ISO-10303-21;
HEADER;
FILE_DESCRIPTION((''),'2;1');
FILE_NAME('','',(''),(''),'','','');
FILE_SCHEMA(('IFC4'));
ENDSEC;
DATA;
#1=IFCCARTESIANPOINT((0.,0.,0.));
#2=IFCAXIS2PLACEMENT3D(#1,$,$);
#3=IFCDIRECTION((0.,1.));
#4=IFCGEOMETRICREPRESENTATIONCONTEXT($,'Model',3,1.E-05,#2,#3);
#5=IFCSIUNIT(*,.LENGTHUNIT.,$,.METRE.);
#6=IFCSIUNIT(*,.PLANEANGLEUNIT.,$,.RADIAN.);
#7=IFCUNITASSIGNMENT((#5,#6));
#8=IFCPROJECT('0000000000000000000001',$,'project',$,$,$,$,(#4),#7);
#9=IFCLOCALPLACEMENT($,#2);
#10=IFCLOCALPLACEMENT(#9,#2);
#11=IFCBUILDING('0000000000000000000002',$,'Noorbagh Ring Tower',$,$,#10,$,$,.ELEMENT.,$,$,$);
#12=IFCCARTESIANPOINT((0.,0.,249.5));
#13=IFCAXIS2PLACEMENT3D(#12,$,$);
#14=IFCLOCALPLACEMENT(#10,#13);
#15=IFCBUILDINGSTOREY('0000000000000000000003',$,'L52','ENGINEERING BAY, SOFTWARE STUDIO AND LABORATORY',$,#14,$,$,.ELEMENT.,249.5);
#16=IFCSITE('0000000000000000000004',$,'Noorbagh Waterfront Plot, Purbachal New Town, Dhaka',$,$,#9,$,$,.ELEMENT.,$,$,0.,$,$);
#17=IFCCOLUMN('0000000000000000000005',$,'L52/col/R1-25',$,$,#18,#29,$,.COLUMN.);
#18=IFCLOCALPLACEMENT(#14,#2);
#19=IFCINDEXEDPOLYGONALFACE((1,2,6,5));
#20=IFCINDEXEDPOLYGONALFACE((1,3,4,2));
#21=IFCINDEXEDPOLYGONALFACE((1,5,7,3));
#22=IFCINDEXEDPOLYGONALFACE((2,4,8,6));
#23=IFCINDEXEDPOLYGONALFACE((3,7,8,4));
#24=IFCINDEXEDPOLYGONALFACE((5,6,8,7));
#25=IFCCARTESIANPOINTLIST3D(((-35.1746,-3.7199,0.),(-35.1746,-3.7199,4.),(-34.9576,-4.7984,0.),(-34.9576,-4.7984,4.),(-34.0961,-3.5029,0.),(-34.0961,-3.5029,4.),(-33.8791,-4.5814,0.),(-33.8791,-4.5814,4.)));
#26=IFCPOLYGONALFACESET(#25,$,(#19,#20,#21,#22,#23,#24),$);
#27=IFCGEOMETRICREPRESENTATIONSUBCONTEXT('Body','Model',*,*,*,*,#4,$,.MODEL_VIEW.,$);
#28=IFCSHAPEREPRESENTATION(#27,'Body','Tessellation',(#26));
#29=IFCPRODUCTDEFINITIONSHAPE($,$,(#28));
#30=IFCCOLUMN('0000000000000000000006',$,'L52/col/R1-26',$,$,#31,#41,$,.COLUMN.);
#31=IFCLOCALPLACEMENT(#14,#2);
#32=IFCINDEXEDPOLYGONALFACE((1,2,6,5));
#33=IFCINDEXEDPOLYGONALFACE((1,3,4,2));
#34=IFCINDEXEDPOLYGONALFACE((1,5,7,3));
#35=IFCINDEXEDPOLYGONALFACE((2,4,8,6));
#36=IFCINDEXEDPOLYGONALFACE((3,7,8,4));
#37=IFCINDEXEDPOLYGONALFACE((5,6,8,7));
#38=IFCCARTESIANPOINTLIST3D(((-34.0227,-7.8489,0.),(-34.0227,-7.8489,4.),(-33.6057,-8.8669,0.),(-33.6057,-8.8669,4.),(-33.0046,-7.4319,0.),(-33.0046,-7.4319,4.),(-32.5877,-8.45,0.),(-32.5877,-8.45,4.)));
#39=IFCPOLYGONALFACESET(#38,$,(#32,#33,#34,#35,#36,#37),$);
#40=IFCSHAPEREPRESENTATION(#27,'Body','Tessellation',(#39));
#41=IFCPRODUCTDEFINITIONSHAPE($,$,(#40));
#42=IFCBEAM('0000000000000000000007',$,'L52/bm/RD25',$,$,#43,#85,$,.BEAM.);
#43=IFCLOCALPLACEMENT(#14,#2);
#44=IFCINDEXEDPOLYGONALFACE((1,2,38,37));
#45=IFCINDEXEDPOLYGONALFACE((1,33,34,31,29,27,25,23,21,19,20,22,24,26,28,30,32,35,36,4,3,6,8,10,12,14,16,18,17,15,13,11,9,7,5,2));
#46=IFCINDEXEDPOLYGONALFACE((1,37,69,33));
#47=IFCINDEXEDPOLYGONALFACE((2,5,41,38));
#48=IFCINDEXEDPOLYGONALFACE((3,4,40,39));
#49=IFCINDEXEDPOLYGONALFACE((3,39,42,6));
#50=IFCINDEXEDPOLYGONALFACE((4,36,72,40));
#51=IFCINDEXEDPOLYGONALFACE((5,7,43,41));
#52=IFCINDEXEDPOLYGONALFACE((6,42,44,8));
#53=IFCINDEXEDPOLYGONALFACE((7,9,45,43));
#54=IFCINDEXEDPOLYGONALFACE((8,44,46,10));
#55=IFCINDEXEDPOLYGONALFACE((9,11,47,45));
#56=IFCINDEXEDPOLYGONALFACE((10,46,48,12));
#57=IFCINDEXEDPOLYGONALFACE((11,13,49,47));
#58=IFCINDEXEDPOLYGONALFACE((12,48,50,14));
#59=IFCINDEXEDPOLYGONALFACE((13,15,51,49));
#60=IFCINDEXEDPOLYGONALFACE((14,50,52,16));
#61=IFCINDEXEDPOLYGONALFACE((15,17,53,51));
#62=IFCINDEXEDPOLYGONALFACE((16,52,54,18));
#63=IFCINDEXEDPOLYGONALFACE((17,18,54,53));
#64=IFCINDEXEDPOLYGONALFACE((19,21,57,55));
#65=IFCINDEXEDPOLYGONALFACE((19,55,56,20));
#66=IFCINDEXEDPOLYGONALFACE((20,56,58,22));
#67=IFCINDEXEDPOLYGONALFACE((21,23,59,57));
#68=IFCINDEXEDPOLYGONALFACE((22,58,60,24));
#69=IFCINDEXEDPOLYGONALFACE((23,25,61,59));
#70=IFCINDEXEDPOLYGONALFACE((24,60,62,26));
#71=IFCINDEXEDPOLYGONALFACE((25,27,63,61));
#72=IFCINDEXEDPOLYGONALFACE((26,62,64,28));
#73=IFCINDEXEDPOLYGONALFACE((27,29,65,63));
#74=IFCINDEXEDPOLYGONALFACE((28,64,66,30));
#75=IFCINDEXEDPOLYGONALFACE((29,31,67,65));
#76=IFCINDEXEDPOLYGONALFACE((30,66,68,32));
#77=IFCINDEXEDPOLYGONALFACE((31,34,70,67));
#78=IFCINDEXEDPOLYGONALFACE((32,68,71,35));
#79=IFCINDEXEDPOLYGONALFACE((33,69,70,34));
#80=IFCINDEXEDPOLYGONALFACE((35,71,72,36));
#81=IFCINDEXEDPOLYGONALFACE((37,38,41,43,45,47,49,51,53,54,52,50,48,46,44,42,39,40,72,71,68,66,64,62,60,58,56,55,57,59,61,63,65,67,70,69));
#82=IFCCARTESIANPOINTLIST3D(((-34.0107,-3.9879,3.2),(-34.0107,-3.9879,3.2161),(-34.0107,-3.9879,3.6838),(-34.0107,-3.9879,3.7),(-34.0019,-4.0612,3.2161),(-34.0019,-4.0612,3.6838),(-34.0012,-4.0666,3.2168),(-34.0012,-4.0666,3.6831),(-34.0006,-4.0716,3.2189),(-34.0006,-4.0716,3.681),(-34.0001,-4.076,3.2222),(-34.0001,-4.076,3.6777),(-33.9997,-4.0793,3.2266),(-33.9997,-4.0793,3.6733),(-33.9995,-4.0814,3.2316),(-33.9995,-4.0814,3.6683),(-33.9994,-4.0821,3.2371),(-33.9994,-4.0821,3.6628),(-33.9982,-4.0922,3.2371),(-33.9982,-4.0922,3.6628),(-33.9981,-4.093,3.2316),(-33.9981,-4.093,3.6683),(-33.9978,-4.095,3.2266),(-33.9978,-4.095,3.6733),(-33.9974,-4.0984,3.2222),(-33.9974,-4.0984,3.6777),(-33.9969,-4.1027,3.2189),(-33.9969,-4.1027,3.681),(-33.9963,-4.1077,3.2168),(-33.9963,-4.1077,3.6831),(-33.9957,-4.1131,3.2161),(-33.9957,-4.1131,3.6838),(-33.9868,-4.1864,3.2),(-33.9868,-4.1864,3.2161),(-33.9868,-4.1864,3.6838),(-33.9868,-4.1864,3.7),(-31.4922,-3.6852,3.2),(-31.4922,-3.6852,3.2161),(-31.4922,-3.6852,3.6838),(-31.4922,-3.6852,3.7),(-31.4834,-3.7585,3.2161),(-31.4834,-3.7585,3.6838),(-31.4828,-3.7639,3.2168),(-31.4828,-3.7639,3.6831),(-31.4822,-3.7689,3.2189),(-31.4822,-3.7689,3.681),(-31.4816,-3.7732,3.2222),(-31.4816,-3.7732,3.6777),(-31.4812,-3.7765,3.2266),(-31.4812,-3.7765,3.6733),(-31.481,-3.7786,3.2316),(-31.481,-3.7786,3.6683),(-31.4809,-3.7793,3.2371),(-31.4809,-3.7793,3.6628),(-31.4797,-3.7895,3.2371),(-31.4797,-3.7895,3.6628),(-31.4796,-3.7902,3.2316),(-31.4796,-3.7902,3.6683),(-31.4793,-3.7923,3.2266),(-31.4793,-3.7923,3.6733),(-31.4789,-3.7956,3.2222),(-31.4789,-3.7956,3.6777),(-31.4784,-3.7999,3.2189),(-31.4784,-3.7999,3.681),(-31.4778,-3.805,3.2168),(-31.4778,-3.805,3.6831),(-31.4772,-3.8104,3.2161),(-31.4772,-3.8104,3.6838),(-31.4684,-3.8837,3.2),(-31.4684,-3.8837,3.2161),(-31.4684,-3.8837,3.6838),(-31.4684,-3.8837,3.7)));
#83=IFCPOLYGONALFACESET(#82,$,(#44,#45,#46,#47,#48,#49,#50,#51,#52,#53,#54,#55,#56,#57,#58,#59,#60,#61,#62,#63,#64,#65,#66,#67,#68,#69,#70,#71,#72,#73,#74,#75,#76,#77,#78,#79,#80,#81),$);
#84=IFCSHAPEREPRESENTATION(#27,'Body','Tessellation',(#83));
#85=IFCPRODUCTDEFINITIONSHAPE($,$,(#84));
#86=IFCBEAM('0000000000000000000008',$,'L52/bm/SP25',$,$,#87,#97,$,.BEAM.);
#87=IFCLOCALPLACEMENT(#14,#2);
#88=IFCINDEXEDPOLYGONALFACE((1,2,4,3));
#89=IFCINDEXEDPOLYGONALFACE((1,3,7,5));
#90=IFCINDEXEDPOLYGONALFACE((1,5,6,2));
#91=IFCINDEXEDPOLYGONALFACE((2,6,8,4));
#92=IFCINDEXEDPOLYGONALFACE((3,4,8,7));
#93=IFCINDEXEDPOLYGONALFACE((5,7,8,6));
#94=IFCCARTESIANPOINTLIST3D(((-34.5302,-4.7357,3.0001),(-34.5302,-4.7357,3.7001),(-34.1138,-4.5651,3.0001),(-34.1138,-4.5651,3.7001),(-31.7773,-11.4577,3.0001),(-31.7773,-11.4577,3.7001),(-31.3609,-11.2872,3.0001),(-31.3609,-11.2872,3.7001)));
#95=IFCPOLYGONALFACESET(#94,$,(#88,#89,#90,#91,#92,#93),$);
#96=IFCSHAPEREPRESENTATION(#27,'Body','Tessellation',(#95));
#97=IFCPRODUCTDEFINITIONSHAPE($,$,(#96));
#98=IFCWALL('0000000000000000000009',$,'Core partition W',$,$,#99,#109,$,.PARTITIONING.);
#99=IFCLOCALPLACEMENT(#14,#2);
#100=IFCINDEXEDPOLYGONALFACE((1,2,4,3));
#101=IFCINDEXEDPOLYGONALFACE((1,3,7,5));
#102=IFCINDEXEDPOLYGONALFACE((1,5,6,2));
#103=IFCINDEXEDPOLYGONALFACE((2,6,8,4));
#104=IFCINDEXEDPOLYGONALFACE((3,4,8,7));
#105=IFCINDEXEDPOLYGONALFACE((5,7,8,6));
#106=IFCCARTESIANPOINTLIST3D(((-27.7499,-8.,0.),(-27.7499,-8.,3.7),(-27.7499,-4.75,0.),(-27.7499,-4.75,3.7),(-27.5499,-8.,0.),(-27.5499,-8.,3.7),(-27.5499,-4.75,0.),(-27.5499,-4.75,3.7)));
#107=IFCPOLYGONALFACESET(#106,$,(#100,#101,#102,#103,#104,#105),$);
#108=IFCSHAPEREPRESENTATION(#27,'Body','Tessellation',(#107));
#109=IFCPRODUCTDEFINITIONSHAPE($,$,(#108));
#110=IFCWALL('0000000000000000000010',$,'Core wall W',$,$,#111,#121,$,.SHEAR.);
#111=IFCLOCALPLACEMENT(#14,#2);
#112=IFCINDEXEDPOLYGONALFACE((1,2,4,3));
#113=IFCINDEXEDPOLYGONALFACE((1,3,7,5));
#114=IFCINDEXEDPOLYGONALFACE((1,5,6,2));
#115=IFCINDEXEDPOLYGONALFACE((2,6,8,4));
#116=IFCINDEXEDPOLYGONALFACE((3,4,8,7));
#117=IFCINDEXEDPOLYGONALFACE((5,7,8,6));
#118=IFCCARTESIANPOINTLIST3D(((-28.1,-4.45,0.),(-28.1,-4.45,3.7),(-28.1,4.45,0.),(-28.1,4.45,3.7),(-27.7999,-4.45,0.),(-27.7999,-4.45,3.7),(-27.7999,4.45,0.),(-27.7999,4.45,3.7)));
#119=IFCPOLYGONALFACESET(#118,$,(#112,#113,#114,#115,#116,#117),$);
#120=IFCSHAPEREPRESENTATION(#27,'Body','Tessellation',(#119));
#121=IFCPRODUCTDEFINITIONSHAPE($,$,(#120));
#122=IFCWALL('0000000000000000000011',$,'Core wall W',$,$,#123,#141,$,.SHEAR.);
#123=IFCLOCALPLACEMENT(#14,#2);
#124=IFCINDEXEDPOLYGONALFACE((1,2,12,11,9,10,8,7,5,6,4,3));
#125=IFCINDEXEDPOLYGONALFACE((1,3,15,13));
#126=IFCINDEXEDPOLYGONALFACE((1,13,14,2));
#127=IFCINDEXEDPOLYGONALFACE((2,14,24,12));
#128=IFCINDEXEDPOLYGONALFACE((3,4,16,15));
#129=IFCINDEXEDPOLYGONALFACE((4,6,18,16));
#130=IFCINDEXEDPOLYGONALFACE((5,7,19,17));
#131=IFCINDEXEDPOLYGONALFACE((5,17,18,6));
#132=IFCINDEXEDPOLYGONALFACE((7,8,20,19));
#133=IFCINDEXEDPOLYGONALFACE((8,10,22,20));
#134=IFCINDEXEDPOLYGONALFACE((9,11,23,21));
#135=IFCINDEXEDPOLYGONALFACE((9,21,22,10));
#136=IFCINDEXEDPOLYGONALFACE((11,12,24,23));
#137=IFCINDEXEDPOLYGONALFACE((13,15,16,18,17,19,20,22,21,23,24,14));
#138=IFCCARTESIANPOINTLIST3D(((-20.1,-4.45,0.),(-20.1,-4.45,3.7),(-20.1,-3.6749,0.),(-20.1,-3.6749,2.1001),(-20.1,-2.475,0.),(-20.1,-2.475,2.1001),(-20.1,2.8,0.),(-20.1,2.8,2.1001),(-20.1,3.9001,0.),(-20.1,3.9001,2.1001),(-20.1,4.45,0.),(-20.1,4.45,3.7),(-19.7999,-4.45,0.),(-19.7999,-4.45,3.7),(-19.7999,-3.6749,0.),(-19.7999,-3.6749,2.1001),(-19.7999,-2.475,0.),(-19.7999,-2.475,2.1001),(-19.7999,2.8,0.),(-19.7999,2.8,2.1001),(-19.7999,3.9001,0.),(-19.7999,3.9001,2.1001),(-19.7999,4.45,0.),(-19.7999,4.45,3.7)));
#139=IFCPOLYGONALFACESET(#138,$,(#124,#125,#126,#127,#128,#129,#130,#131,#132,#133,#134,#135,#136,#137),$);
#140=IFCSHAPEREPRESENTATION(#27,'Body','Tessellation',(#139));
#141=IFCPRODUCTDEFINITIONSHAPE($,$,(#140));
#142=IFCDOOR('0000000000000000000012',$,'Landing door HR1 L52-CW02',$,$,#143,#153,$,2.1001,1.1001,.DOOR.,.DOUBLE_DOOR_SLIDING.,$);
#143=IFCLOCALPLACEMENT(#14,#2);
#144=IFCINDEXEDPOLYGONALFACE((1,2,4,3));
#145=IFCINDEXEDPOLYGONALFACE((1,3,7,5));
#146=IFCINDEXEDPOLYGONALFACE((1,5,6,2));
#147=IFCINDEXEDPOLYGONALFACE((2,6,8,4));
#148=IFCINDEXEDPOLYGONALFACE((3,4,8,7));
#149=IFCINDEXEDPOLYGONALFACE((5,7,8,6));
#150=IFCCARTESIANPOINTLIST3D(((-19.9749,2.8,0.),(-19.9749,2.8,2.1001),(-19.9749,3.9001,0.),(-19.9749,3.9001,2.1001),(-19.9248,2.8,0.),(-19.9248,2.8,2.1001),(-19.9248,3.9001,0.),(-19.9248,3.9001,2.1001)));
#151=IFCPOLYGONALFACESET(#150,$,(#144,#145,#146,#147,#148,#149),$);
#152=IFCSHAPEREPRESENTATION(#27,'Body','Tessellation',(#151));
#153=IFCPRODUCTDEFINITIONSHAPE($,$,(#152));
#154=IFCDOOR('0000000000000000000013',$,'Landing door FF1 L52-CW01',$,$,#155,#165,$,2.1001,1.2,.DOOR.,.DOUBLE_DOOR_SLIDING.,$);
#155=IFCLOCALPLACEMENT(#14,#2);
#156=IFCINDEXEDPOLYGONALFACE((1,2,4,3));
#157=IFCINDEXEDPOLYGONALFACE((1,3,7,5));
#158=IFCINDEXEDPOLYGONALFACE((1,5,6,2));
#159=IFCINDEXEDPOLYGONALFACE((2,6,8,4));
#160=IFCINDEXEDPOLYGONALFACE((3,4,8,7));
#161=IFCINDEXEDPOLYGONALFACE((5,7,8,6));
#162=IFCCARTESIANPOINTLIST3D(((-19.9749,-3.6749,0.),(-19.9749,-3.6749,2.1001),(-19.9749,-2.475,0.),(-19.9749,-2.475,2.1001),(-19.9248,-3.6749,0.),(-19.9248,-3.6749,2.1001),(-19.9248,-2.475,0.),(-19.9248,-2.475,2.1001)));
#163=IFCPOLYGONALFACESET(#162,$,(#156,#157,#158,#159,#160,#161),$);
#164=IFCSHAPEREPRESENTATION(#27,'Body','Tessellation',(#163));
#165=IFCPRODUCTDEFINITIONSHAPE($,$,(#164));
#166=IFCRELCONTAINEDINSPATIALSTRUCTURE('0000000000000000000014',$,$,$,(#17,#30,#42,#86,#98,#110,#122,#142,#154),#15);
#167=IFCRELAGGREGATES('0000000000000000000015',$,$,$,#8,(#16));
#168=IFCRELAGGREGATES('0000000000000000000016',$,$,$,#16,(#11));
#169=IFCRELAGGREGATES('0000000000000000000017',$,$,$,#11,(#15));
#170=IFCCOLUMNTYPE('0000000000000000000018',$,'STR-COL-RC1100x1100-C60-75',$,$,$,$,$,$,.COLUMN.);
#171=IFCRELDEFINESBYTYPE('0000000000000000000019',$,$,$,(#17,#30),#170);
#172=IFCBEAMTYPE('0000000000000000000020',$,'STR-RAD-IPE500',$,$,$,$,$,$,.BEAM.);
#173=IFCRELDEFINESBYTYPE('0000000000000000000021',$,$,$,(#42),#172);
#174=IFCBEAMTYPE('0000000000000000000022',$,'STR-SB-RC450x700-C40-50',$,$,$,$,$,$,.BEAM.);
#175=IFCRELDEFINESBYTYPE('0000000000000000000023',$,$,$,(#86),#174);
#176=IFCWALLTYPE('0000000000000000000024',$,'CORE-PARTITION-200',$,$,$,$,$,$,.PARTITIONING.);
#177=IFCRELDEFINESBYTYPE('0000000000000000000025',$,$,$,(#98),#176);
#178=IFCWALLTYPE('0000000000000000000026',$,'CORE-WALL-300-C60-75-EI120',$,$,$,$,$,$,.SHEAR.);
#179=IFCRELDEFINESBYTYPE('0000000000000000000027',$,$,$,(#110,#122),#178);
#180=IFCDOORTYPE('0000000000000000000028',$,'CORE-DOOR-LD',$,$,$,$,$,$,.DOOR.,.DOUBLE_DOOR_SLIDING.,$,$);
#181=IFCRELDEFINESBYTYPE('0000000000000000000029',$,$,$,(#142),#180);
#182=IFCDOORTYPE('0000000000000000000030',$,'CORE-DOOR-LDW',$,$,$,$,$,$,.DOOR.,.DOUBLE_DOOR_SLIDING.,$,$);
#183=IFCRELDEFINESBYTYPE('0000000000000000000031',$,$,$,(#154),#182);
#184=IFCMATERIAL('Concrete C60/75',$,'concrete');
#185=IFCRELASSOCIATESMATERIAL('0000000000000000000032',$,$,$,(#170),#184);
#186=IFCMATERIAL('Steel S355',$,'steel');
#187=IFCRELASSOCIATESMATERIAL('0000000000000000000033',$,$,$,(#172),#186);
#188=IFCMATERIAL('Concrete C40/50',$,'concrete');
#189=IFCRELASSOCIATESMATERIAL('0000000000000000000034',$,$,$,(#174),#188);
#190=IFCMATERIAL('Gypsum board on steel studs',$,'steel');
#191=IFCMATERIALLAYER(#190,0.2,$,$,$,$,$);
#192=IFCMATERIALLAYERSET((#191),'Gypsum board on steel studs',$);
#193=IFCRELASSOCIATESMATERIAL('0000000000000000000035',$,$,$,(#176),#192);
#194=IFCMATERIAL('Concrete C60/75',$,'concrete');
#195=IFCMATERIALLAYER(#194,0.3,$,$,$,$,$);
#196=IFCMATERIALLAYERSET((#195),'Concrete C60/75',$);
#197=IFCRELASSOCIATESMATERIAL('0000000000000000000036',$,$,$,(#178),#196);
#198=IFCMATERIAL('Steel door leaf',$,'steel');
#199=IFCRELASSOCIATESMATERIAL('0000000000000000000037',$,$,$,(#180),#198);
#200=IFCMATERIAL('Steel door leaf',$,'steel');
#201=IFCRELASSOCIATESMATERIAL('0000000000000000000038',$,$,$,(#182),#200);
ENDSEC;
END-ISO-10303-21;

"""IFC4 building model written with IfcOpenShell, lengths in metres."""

from ifc_helpers import new_model, si_unit, direction, frame, frame_2d, origin, origin_2d, place, context, subcontext, project, spatial, rectangle, i_section, extrude, material, layer, layer_set, material_profile, profile_set, type_object, element, fill, save


model = new_model("IFC4")

# Units and contexts
model_context = context("Model", 3, precision=1e-05, world=origin(), true_north=direction((0.0, 1.0)))
body_context = subcontext(model_context, "Body", "Model", "MODEL_VIEW")
ifc_project = project(units=[si_unit("LENGTHUNIT", "METRE"), si_unit("PLANEANGLEUNIT", "RADIAN")], contexts=[model_context])

# Site, building, storey
site_placement = place(None, origin())
site = spatial("IfcSite", under=ifc_project, at=site_placement, Name="Noorbagh Waterfront Plot, Purbachal New Town, Dhaka", CompositionType="ELEMENT", RefElevation=0.0)
building_placement = place(site_placement, origin())
building = spatial("IfcBuilding", under=site, at=building_placement, Name="Noorbagh Ring Tower", CompositionType="ELEMENT")
storey_placement = place(building_placement, frame((0.0, 0.0, 249.5)))
storey = spatial("IfcBuildingStorey", under=building, at=storey_placement, Name="L52", Description="ENGINEERING BAY, SOFTWARE STUDIO AND LABORATORY", CompositionType="ELEMENT", Elevation=249.5)

# Columns
ifc_material_1 = material(Name="Concrete C60/75", Category="concrete")
ifc_material_profile_1 = material_profile(ifc_material_1, rectangle(XDim=1.1001, YDim=1.1001, at=origin_2d()), Name="RC1100x1100")
ifc_profile_set_1 = profile_set([ifc_material_profile_1], Name="Concrete C60/75")
column_type = type_object("IfcColumnType", Name="STR-COL-RC1100x1100-C60-75", PredefinedType="COLUMN", material=ifc_profile_set_1)
for number, where, z_axis, x_axis, name in (
    (1, (-34.5269, -4.1506, 0.0), (0.0, 0.0, 1.0), (0.19723, -0.980357, 0.0), "L52/col/R1-25"),
    (2, (-33.3052, -8.1494, 0.0), (0.0, 0.0, 1.0), (0.378989, -0.925401, 0.0), "L52/col/R1-26"),
):
    element("IfcColumn", number, at=place(storey_placement, frame(where, z_axis=z_axis, x_axis=x_axis)), inside=storey, type_object=column_type, Name=name, PredefinedType="COLUMN", context=body_context, shape_type="SweptSolid", body=[
        extrude(rectangle(XDim=1.1001, YDim=1.1001, at=origin_2d()), origin(), (0.0, 0.0, 1.0), 4.0),
    ])

# Beams
ifc_material_2 = material(Name="Steel S355", Category="steel")
ifc_material_profile_2 = material_profile(ifc_material_2, i_section(OverallWidth=0.2, OverallDepth=0.5, WebThickness=0.0103, FlangeThickness=0.0161, FilletRadius=0.021, at=origin_2d()), Name="IPE500")
ifc_profile_set_2 = profile_set([ifc_material_profile_2], Name="Steel S355")
beam_type_1 = type_object("IfcBeamType", Name="STR-RAD-IPE500", PredefinedType="BEAM", material=ifc_profile_set_2)
beam_1_placement = place(storey_placement, frame((-33.9988, -4.0872, 3.45), z_axis=(0.992853, 0.119343, 0.0), x_axis=(-0.119343, 0.992853, 0.0)))
element("IfcBeam", 3, at=beam_1_placement, inside=storey, type_object=beam_type_1, Name="L52/bm/RD25", PredefinedType="BEAM", context=body_context, shape_type="SweptSolid", body=[
    extrude(i_section(OverallWidth=0.2, OverallDepth=0.5, WebThickness=0.0103, FlangeThickness=0.0161, FilletRadius=0.021, at=origin_2d()), origin(), (0.0, 0.0, 1.0), 2.5366),
])
ifc_material_3 = material(Name="Concrete C40/50", Category="concrete")
ifc_material_profile_3 = material_profile(ifc_material_3, rectangle(XDim=0.45, YDim=0.7, at=origin_2d()), Name="RC450x700")
ifc_profile_set_3 = profile_set([ifc_material_profile_3], Name="Concrete C40/50")
beam_type_2 = type_object("IfcBeamType", Name="STR-SB-RC450x700-C40-50", PredefinedType="BEAM", material=ifc_profile_set_3)
beam_2_placement = place(storey_placement, frame((-34.322, -4.6504, 3.3501), z_axis=(0.378981, -0.925404, 0.0), x_axis=(0.925404, 0.378981, 0.0)))
element("IfcBeam", 4, at=beam_2_placement, inside=storey, type_object=beam_type_2, Name="L52/bm/SP25", PredefinedType="BEAM", context=body_context, shape_type="SweptSolid", body=[
    extrude(rectangle(XDim=0.45, YDim=0.7, at=origin_2d()), origin(), (0.0, 0.0, 1.0), 7.2639),
])

# Walls
ifc_material_4 = material(Name="Gypsum board on steel studs", Category="steel")
ifc_layer_1 = layer(ifc_material_4, 0.2)
ifc_layer_set_1 = layer_set([ifc_layer_1], Name="Gypsum board on steel studs")
wall_type_1 = type_object("IfcWallType", Name="CORE-PARTITION-200", PredefinedType="PARTITIONING", material=ifc_layer_set_1)
wall_1_placement = place(storey_placement, frame((-27.6499, -8.0, 0.0), z_axis=(0.0, 0.0, 1.0), x_axis=(0.0, 1.0, 0.0)))
element("IfcWall", 5, at=wall_1_placement, inside=storey, type_object=wall_type_1, Name="Core partition W", PredefinedType="PARTITIONING", context=body_context, shape_type="SweptSolid", body=[
    extrude(rectangle(XDim=3.25, YDim=0.2, at=frame_2d((1.625, 0.0))), origin(), (0.0, 0.0, 1.0), 3.7),
])
ifc_material_5 = material(Name="Concrete C60/75", Category="concrete")
ifc_layer_2 = layer(ifc_material_5, 0.3)
ifc_layer_set_2 = layer_set([ifc_layer_2], Name="Concrete C60/75")
wall_type_2 = type_object("IfcWallType", Name="CORE-WALL-300-C60-75-EI120", PredefinedType="SHEAR", material=ifc_layer_set_2)
wall_2_placement = place(storey_placement, frame((-27.95, -4.45, 0.0), z_axis=(0.0, 0.0, 1.0), x_axis=(0.0, 1.0, 0.0)))
element("IfcWall", 6, at=wall_2_placement, inside=storey, type_object=wall_type_2, Name="Core wall W", PredefinedType="SHEAR", context=body_context, shape_type="SweptSolid", body=[
    extrude(rectangle(XDim=8.8999, YDim=0.3, at=frame_2d((4.45, 0.0))), origin(), (0.0, 0.0, 1.0), 3.7),
])

# Wall, openings, doors
wall_3_placement = place(storey_placement, frame((-19.95, -4.45, 0.0), z_axis=(0.0, 0.0, 1.0), x_axis=(0.0, 1.0, 0.0)))
wall_3 = element("IfcWall", 7, at=wall_3_placement, inside=storey, type_object=wall_type_2, Name="Core wall W", PredefinedType="SHEAR", context=body_context, shape_type="SweptSolid", body=[
    extrude(rectangle(XDim=8.8999, YDim=0.3, at=frame_2d((4.45, 0.0))), origin(), (0.0, 0.0, 1.0), 3.7),
])
opening_1_placement = place(wall_3_placement, frame((0.7749, 0.0, 0.0)))
opening_1 = element("IfcOpeningElement", 8, at=opening_1_placement, cuts=wall_3, PredefinedType="OPENING", context=body_context, shape_type="SweptSolid", body=[
    extrude(rectangle(XDim=1.2, YDim=2.1001, at=frame_2d((0.6001, 1.05))), frame((0.0, 0.1602, 0.0), z_axis=(0.0, -1.0, 0.0), x_axis=(1.0, 0.0, 0.0)), (0.0, 0.0, 1.0), 0.3201),
])
opening_2_placement = place(wall_3_placement, frame((7.25, 0.0, 0.0)))
opening_2 = element("IfcOpeningElement", 9, at=opening_2_placement, cuts=wall_3, PredefinedType="OPENING", context=body_context, shape_type="SweptSolid", body=[
    extrude(rectangle(XDim=1.1001, YDim=2.1001, at=frame_2d((0.55, 1.05))), frame((0.0, 0.1602, 0.0), z_axis=(0.0, -1.0, 0.0), x_axis=(1.0, 0.0, 0.0)), (0.0, 0.0, 1.0), 0.3201),
])
ifc_material_6 = material(Name="Steel door leaf", Category="steel")
door_type_1 = type_object("IfcDoorType", Name="CORE-DOOR-LD", OperationType="DOUBLE_DOOR_SLIDING", PredefinedType="DOOR", material=ifc_material_6)
door_1_placement = place(opening_2_placement, origin())
door_1 = element("IfcDoor", 10, at=door_1_placement, inside=storey, type_object=door_type_1, Name="Landing door HR1 L52-CW02", OperationType="DOUBLE_DOOR_SLIDING", OverallHeight=2.1001, OverallWidth=1.1001, PredefinedType="DOOR", context=body_context, shape_type="SweptSolid", body=[
    extrude(rectangle(XDim=1.1001, YDim=2.1001, at=frame_2d((0.55, 1.05))), frame((0.0, 0.0249, 0.0), z_axis=(0.0, -1.0, 0.0), x_axis=(1.0, 0.0, 0.0)), (0.0, 0.0, 1.0), 0.05),
])
fill(opening_2, door_1)
ifc_material_7 = material(Name="Steel door leaf", Category="steel")
door_type_2 = type_object("IfcDoorType", Name="CORE-DOOR-LDW", OperationType="DOUBLE_DOOR_SLIDING", PredefinedType="DOOR", material=ifc_material_7)
door_2_placement = place(opening_1_placement, origin())
door_2 = element("IfcDoor", 11, at=door_2_placement, inside=storey, type_object=door_type_2, Name="Landing door FF1 L52-CW01", OperationType="DOUBLE_DOOR_SLIDING", OverallHeight=2.1001, OverallWidth=1.2, PredefinedType="DOOR", context=body_context, shape_type="SweptSolid", body=[
    extrude(rectangle(XDim=1.2, YDim=2.1001, at=frame_2d((0.6001, 1.05))), frame((0.0, 0.0249, 0.0), z_axis=(0.0, -1.0, 0.0), x_axis=(1.0, 0.0, 0.0)), (0.0, 0.0, 1.0), 0.05),
])
fill(opening_1, door_2)

save(model, "model.ifc")
